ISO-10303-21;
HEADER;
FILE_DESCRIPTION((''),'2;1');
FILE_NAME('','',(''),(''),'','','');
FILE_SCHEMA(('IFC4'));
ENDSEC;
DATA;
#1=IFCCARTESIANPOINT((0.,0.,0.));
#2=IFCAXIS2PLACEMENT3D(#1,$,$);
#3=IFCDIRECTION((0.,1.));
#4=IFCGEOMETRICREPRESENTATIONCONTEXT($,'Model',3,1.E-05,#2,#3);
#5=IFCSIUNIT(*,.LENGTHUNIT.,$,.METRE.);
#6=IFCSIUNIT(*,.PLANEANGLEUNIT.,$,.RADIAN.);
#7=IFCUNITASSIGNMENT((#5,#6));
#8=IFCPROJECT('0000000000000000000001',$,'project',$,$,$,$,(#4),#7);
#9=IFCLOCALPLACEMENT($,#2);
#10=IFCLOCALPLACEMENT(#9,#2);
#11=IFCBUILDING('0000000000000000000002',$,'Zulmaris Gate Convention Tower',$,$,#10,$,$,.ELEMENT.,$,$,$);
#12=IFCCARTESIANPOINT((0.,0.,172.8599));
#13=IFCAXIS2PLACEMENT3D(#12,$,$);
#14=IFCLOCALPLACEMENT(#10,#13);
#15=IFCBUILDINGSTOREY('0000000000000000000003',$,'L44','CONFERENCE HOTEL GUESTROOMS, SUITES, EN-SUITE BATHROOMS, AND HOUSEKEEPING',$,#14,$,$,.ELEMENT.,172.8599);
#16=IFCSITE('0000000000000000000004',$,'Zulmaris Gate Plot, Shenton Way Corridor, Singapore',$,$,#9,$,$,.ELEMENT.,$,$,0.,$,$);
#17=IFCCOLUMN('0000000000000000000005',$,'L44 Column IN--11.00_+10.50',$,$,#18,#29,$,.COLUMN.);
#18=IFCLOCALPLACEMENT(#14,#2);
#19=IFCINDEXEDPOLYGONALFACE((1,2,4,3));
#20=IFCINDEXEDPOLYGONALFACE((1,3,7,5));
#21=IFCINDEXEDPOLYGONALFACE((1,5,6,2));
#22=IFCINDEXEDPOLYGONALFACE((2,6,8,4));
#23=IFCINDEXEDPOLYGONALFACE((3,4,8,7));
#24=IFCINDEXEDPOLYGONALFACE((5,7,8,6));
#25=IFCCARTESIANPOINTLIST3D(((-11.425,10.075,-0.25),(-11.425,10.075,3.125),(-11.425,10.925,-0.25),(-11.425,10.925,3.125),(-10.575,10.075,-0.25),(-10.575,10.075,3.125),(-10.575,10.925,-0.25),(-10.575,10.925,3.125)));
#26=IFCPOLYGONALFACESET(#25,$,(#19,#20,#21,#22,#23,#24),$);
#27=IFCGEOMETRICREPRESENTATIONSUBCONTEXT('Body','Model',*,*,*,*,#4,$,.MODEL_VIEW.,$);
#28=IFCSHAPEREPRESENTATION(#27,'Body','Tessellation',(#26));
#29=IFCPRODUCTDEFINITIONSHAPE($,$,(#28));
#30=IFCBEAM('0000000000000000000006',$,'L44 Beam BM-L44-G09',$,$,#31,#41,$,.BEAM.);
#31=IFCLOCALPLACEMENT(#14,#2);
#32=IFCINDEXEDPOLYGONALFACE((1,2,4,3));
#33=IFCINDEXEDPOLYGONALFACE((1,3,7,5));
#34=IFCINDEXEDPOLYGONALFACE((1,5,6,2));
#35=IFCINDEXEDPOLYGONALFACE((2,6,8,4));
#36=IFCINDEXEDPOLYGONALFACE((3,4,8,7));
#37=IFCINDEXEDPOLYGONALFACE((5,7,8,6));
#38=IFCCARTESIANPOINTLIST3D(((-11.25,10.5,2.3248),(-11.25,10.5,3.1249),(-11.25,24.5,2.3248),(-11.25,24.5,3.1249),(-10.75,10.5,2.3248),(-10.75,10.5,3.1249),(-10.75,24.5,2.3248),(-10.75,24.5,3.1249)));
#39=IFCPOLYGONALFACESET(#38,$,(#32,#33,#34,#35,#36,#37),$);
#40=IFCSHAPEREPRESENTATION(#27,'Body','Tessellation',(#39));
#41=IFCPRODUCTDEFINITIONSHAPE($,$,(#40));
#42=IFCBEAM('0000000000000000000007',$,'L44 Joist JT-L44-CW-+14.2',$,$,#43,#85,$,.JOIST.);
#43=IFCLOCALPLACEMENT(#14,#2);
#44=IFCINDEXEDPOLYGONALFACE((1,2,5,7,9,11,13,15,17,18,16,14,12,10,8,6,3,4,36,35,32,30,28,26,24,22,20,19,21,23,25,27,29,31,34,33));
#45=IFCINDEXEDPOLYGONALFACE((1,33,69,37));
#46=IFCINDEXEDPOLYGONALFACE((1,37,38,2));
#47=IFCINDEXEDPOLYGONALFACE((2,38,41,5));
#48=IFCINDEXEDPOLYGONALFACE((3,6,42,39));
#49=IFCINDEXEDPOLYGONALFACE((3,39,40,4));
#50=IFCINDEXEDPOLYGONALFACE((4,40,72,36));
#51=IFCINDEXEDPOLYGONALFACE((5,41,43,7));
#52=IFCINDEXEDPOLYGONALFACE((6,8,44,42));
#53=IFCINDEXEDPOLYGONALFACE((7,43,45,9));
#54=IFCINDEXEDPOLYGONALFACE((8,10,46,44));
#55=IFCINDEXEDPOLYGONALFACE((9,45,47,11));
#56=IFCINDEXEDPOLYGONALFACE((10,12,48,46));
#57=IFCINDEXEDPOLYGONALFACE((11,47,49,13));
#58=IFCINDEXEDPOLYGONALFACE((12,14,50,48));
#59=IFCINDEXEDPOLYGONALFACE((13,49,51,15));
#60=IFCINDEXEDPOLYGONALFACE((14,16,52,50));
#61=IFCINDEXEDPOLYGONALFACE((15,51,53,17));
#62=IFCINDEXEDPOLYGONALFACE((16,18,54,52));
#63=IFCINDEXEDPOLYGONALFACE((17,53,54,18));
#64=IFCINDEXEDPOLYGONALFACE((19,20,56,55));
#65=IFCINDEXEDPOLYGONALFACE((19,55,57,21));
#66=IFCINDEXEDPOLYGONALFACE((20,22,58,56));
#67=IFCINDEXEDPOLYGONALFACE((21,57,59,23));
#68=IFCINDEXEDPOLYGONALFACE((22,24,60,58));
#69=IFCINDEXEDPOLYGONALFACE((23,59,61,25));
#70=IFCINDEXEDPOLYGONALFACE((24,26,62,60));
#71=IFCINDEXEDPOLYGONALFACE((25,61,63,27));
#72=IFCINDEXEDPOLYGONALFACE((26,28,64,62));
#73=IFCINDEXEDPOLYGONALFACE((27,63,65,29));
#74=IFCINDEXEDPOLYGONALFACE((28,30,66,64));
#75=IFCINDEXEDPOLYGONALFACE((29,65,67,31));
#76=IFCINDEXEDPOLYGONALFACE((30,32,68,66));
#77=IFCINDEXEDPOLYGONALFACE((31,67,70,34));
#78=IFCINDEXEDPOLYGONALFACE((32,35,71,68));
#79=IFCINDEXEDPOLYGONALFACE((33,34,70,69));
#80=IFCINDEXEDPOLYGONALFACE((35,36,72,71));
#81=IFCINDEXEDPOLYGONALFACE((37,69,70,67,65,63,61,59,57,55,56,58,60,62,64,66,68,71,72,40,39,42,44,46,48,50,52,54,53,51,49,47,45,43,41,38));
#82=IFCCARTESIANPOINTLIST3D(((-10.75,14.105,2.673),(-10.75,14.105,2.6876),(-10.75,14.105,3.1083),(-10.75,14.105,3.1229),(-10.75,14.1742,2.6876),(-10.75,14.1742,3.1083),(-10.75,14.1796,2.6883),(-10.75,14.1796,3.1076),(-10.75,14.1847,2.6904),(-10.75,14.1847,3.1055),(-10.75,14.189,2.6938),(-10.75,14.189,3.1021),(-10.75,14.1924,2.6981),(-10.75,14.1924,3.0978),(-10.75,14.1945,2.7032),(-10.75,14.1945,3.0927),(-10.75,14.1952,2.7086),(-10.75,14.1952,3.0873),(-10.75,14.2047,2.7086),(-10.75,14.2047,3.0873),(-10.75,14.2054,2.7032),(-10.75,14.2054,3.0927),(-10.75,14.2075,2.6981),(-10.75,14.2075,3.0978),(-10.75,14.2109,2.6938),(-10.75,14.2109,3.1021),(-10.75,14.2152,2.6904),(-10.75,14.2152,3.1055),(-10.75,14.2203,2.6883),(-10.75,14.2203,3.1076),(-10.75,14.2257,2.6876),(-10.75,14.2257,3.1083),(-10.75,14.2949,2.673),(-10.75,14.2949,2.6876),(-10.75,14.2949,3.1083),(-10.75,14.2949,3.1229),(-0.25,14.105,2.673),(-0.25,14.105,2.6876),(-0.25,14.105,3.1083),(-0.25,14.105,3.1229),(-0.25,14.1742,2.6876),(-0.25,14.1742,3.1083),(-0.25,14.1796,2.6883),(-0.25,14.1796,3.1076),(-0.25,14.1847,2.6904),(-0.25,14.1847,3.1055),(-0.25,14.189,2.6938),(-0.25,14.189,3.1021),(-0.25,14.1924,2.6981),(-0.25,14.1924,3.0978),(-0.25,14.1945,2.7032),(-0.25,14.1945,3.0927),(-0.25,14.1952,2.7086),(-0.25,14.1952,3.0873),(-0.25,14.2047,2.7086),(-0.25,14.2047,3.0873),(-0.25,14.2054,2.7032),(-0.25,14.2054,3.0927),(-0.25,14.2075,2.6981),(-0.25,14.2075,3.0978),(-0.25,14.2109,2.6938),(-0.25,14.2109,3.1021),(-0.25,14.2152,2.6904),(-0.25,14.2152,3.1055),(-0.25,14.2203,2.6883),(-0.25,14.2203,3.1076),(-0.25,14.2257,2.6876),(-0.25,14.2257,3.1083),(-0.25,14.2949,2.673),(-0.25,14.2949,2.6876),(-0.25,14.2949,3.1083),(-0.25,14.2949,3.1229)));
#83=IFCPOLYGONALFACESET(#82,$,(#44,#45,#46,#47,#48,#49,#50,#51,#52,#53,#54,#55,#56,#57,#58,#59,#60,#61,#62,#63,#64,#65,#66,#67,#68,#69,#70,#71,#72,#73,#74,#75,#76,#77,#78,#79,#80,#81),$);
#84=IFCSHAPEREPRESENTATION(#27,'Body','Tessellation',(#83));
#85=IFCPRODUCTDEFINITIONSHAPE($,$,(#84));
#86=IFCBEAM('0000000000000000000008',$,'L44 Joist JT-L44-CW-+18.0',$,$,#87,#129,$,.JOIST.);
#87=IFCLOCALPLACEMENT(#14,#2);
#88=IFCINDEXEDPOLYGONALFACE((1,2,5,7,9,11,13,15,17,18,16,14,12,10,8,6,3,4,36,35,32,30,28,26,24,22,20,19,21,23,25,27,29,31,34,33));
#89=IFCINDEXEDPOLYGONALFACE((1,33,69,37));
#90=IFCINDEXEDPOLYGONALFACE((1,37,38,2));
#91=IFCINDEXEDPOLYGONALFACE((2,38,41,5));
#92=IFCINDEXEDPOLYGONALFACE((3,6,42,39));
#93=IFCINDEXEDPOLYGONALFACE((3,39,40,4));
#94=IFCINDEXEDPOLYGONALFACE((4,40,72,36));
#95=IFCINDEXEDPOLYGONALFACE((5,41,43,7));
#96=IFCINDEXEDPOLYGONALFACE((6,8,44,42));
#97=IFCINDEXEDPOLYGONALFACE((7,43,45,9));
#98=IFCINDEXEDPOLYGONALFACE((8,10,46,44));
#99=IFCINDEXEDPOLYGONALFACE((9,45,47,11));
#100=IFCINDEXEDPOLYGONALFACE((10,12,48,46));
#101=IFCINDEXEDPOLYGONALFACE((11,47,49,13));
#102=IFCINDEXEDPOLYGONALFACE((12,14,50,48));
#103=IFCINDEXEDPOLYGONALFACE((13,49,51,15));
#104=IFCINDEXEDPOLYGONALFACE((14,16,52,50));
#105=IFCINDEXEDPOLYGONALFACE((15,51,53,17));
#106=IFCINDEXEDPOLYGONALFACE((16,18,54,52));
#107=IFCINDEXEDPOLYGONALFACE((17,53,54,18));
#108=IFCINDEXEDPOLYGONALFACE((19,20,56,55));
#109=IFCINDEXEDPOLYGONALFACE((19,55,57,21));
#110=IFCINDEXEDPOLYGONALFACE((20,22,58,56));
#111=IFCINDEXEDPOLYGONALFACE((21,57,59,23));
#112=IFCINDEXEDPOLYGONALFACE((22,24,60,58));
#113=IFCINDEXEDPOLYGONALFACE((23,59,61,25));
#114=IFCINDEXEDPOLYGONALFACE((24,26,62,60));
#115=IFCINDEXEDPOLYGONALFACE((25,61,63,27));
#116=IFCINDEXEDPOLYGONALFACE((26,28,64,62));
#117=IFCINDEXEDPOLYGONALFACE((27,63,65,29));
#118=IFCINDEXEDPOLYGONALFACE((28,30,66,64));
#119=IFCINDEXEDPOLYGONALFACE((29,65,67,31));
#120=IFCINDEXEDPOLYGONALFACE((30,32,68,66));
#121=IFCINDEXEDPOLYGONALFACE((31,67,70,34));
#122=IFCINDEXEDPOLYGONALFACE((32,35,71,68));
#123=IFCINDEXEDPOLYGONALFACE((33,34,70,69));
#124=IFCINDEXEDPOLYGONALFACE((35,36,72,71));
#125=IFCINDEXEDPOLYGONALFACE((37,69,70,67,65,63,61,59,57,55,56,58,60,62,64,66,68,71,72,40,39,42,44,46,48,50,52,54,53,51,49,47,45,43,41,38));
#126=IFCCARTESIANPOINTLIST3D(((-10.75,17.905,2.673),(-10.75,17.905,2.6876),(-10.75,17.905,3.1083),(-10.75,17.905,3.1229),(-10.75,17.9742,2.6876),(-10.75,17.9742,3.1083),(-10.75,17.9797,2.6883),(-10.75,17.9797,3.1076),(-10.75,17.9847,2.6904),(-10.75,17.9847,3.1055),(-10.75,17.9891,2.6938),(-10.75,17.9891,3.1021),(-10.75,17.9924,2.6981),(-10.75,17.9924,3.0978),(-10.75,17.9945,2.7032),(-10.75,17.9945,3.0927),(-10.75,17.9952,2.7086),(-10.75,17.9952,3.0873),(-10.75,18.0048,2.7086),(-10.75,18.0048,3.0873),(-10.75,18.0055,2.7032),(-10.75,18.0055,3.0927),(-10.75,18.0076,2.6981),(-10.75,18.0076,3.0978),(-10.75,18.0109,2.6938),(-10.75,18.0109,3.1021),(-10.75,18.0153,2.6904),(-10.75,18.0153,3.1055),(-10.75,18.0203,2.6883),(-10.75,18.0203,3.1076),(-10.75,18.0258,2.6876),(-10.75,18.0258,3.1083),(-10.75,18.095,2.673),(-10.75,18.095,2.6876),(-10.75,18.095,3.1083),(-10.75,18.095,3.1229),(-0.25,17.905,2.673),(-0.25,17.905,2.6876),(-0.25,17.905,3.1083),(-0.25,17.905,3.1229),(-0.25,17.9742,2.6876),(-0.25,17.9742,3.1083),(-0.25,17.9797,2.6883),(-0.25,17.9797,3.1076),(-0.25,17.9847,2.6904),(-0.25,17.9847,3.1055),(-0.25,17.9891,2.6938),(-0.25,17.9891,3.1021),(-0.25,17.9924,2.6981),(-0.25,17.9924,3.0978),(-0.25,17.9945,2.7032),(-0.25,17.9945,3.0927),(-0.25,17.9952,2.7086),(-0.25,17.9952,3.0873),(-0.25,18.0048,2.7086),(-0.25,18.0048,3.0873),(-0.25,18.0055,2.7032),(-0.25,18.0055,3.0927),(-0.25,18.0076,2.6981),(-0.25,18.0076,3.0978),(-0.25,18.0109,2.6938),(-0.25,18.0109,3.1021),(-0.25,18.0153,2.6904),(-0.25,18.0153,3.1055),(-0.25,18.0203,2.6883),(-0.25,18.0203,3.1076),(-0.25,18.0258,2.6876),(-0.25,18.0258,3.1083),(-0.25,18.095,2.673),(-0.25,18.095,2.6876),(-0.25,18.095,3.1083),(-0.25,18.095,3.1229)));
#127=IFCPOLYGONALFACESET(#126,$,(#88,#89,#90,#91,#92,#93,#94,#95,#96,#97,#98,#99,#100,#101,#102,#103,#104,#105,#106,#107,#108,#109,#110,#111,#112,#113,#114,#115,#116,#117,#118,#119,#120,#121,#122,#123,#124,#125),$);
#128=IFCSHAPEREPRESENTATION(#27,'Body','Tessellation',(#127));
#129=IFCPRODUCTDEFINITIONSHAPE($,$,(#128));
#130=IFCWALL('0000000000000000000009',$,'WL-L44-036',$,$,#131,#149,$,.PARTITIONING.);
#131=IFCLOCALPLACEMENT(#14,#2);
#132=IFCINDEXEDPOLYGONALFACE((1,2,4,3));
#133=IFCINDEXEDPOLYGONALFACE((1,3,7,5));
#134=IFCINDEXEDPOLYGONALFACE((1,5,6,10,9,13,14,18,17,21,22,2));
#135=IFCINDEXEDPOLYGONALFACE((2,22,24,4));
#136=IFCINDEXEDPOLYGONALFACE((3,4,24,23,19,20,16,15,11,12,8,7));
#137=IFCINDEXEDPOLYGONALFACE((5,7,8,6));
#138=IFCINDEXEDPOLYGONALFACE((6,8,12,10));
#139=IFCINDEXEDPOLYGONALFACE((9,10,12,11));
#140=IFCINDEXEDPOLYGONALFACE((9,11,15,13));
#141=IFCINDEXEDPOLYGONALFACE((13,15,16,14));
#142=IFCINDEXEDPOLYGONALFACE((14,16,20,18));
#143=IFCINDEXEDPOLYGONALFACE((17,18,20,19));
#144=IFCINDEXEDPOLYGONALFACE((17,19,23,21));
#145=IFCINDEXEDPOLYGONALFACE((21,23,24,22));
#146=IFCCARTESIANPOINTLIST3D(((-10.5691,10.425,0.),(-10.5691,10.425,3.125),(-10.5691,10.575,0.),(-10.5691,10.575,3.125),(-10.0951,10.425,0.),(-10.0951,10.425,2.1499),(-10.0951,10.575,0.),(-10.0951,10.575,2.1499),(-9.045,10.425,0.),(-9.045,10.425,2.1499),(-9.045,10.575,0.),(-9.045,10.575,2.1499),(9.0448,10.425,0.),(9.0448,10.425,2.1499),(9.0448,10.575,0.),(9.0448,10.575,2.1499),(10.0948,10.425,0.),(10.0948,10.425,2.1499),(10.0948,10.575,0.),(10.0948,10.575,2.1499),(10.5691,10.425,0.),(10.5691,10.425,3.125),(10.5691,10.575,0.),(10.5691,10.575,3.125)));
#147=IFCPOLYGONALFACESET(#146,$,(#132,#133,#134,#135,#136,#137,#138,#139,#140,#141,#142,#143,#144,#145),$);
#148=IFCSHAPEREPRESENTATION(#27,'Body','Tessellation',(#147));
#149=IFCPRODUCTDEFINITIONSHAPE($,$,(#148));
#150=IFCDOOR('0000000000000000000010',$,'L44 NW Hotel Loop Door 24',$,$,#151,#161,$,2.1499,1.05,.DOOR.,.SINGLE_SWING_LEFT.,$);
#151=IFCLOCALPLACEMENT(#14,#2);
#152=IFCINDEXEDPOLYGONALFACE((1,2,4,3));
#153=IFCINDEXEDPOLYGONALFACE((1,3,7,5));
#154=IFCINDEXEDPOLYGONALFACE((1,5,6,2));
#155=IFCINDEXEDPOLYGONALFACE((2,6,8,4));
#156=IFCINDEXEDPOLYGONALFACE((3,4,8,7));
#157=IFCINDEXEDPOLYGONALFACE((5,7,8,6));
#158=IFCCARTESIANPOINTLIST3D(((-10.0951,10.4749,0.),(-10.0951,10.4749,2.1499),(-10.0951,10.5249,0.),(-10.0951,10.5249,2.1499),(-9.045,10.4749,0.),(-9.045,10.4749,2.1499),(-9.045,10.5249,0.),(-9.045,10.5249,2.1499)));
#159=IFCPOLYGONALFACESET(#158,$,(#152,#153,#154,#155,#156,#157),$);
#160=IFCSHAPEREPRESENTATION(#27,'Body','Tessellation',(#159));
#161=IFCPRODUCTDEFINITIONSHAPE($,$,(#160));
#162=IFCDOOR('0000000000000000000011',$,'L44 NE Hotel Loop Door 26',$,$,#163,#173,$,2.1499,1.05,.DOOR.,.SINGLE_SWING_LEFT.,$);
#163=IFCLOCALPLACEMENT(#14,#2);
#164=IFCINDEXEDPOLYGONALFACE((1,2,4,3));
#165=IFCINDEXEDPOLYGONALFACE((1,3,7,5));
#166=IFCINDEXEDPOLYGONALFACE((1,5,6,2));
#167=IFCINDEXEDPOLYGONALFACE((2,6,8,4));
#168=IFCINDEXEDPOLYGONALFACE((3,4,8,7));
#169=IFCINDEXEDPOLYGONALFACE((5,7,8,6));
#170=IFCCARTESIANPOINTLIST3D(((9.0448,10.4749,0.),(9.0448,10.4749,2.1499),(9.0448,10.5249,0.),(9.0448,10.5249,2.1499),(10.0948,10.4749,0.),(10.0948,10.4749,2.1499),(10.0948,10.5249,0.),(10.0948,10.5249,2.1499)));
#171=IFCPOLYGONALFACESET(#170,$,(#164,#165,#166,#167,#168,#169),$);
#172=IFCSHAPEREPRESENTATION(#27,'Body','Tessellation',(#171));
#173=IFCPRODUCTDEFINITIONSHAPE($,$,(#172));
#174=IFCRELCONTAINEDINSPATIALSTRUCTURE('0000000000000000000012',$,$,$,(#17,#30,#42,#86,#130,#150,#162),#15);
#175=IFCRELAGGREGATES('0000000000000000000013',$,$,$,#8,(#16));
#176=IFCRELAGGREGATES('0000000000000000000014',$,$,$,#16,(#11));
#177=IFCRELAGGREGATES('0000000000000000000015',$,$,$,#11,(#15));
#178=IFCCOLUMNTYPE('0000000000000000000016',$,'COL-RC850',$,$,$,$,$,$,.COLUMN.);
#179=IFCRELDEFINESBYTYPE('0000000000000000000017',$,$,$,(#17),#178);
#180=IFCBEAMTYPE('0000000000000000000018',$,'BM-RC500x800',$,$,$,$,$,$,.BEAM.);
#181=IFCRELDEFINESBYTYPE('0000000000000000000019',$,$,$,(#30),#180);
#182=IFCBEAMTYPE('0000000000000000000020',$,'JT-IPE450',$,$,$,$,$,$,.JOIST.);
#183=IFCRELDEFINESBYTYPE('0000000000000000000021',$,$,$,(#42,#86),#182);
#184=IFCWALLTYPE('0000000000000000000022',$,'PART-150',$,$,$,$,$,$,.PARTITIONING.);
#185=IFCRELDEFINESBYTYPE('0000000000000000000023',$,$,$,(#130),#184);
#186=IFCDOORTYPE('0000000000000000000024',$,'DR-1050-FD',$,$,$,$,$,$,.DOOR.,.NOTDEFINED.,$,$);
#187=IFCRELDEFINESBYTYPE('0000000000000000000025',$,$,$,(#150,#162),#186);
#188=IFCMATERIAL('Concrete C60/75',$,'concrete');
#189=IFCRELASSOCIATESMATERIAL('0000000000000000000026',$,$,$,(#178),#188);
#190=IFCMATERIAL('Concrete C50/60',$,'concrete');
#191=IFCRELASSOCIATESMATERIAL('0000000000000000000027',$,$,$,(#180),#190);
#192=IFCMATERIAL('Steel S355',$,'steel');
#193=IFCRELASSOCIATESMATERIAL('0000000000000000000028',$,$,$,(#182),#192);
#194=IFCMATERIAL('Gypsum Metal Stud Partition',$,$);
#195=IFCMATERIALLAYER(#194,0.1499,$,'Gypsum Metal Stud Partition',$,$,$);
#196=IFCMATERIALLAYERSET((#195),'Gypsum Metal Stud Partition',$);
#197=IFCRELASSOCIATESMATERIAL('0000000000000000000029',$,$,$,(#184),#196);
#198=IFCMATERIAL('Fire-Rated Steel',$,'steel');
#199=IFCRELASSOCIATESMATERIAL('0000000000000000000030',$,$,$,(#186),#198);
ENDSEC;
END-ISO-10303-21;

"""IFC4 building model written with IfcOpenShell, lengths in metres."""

from ifc_helpers import new_model, si_unit, direction, frame, frame_2d, origin, origin_2d, place, context, subcontext, project, spatial, rectangle, i_section, extrude, material, layer, layer_set, material_profile, profile_set, type_object, element, fill, save


model = new_model("IFC4")

# Units and contexts
model_context = context("Model", 3, precision=1e-05, world=origin(), true_north=direction((0.0, 1.0)))
body_context = subcontext(model_context, "Body", "Model", "MODEL_VIEW")
ifc_project = project(units=[si_unit("LENGTHUNIT", "METRE"), si_unit("PLANEANGLEUNIT", "RADIAN")], contexts=[model_context])

# Site, building, storey
site_placement = place(None, origin())
site = spatial("IfcSite", under=ifc_project, at=site_placement, Name="Zulmaris Gate Plot, Shenton Way Corridor, Singapore", CompositionType="ELEMENT", RefElevation=0.0)
building_placement = place(site_placement, origin())
building = spatial("IfcBuilding", under=site, at=building_placement, Name="Zulmaris Gate Convention Tower", CompositionType="ELEMENT")
storey_placement = place(building_placement, frame((0.0, 0.0, 172.8599)))
storey = spatial("IfcBuildingStorey", under=building, at=storey_placement, Name="L44", Description="CONFERENCE HOTEL GUESTROOMS, SUITES, EN-SUITE BATHROOMS, AND HOUSEKEEPING", CompositionType="ELEMENT", Elevation=172.8599)

# Column
ifc_material_1 = material(Name="Concrete C60/75", Category="concrete")
ifc_material_profile_1 = material_profile(ifc_material_1, rectangle(XDim=0.8501, YDim=0.8501, at=origin_2d()), Name="RC COL 850x850")
ifc_profile_set_1 = profile_set([ifc_material_profile_1], Name="Concrete C60/75")
column_type = type_object("IfcColumnType", Name="COL-RC850", PredefinedType="COLUMN", material=ifc_profile_set_1)
column_placement = place(storey_placement, frame((-11.0, 10.5, -0.25), z_axis=(0.0, 0.0, 1.0), x_axis=(1.0, 0.0, 0.0)))
element("IfcColumn", 1, at=column_placement, inside=storey, type_object=column_type, Name="L44 Column IN--11.00_+10.50", PredefinedType="COLUMN", context=body_context, shape_type="SweptSolid", body=[
    extrude(rectangle(XDim=0.8501, YDim=0.8501, at=origin_2d()), origin(), (0.0, 0.0, 1.0), 3.375),
])

# Beams
ifc_material_2 = material(Name="Concrete C50/60", Category="concrete")
ifc_material_profile_2 = material_profile(ifc_material_2, rectangle(XDim=0.5, YDim=0.8, at=origin_2d()), Name="RC BEAM 500x800")
ifc_profile_set_2 = profile_set([ifc_material_profile_2], Name="Concrete C50/60")
beam_type_1 = type_object("IfcBeamType", Name="BM-RC500x800", PredefinedType="BEAM", material=ifc_profile_set_2)
beam_placement = place(storey_placement, frame((-11.0, 10.5, 2.7249), z_axis=(0.0, 1.0, 0.0), x_axis=(-1.0, 0.0, 0.0)))
element("IfcBeam", 2, at=beam_placement, inside=storey, type_object=beam_type_1, Name="L44 Beam BM-L44-G09", PredefinedType="BEAM", context=body_context, shape_type="SweptSolid", body=[
    extrude(rectangle(XDim=0.5, YDim=0.8, at=origin_2d()), origin(), (0.0, 0.0, 1.0), 14.0),
])
ifc_material_3 = material(Name="Steel S355", Category="steel")
ifc_material_profile_3 = material_profile(ifc_material_3, i_section(OverallWidth=0.1899, OverallDepth=0.45, WebThickness=0.0095, FlangeThickness=0.0146, FilletRadius=0.021, at=origin_2d()), Name="IPE 450")
ifc_profile_set_3 = profile_set([ifc_material_profile_3], Name="Steel S355")
beam_type_2 = type_object("IfcBeamType", Name="JT-IPE450", PredefinedType="JOIST", material=ifc_profile_set_3)
for number, where, z_axis, x_axis, name in (
    (3, (-10.75, 14.2, 2.8979), (1.0, 0.0, 0.0), (0.0, 1.0, 0.0), "L44 Joist JT-L44-CW-+14.2"),
    (4, (-10.75, 18.0, 2.8979), (1.0, 0.0, 0.0), (0.0, 1.0, 0.0), "L44 Joist JT-L44-CW-+18.0"),
):
    element("IfcBeam", number, at=place(storey_placement, frame(where, z_axis=z_axis, x_axis=x_axis)), inside=storey, type_object=beam_type_2, Name=name, PredefinedType="JOIST", context=body_context, shape_type="SweptSolid", body=[
        extrude(i_section(OverallWidth=0.1899, OverallDepth=0.45, WebThickness=0.0095, FlangeThickness=0.0146, FilletRadius=0.021, at=origin_2d()), origin(), (0.0, 0.0, 1.0), 10.5),
    ])

# Wall, openings, doors
ifc_material_4 = material(Name="Gypsum Metal Stud Partition")
ifc_layer_1 = layer(ifc_material_4, 0.1499, Name="Gypsum Metal Stud Partition")
ifc_layer_set_1 = layer_set([ifc_layer_1], Name="Gypsum Metal Stud Partition")
wall_type_1 = type_object("IfcWallType", Name="PART-150", PredefinedType="PARTITIONING", material=ifc_layer_set_1)
wall_1_placement = place(storey_placement, frame((-10.5691, 10.5, 0.0), z_axis=(0.0, 0.0, 1.0), x_axis=(1.0, 0.0, 0.0)))
wall_1 = element("IfcWall", 5, at=wall_1_placement, inside=storey, type_object=wall_type_1, Name="WL-L44-036", PredefinedType="PARTITIONING", context=body_context, shape_type="SweptSolid", body=[
    extrude(rectangle(XDim=21.1382, YDim=0.1499, at=frame_2d((10.5691, 0.0))), origin(), (0.0, 0.0, 1.0), 3.125),
])
opening_1_placement = place(wall_1_placement, frame((0.4741, 0.0, 0.0)))
opening_1 = element("IfcOpeningElement", 6, at=opening_1_placement, cuts=wall_1, PredefinedType="OPENING", context=body_context, shape_type="SweptSolid", body=[
    extrude(rectangle(XDim=1.05, YDim=2.1499, at=frame_2d((0.5249, 1.075))), frame((0.0, 0.085, 0.0), z_axis=(0.0, -1.0, 0.0), x_axis=(1.0, 0.0, 0.0)), (0.0, 0.0, 1.0), 0.1699),
])
opening_2_placement = place(wall_1_placement, frame((19.614, 0.0, 0.0)))
opening_2 = element("IfcOpeningElement", 7, at=opening_2_placement, cuts=wall_1, PredefinedType="OPENING", context=body_context, shape_type="SweptSolid", body=[
    extrude(rectangle(XDim=1.05, YDim=2.1499, at=frame_2d((0.5249, 1.075))), frame((0.0, 0.085, 0.0), z_axis=(0.0, -1.0, 0.0), x_axis=(1.0, 0.0, 0.0)), (0.0, 0.0, 1.0), 0.1699),
])
ifc_material_5 = material(Name="Fire-Rated Steel", Category="steel")
door_type_1 = type_object("IfcDoorType", Name="DR-1050-FD", OperationType="NOTDEFINED", PredefinedType="DOOR", material=ifc_material_5)
door_1_placement = place(opening_1_placement, origin())
door_1 = element("IfcDoor", 8, at=door_1_placement, inside=storey, type_object=door_type_1, Name="L44 NW Hotel Loop Door 24", OperationType="SINGLE_SWING_LEFT", OverallHeight=2.1499, OverallWidth=1.05, PredefinedType="DOOR", context=body_context, shape_type="SweptSolid", body=[
    extrude(rectangle(XDim=1.05, YDim=2.1499, at=frame_2d((0.5249, 1.075))), frame((0.0, 0.0249, 0.0), z_axis=(0.0, -1.0, 0.0), x_axis=(1.0, 0.0, 0.0)), (0.0, 0.0, 1.0), 0.05),
])
fill(opening_1, door_1)
door_2_placement = place(opening_2_placement, origin())
door_2 = element("IfcDoor", 9, at=door_2_placement, inside=storey, type_object=door_type_1, Name="L44 NE Hotel Loop Door 26", OperationType="SINGLE_SWING_LEFT", OverallHeight=2.1499, OverallWidth=1.05, PredefinedType="DOOR", context=body_context, shape_type="SweptSolid", body=[
    extrude(rectangle(XDim=1.05, YDim=2.1499, at=frame_2d((0.5249, 1.075))), frame((0.0, 0.0249, 0.0), z_axis=(0.0, -1.0, 0.0), x_axis=(1.0, 0.0, 0.0)), (0.0, 0.0, 1.0), 0.05),
])
fill(opening_2, door_2)

save(model, "model.ifc")
